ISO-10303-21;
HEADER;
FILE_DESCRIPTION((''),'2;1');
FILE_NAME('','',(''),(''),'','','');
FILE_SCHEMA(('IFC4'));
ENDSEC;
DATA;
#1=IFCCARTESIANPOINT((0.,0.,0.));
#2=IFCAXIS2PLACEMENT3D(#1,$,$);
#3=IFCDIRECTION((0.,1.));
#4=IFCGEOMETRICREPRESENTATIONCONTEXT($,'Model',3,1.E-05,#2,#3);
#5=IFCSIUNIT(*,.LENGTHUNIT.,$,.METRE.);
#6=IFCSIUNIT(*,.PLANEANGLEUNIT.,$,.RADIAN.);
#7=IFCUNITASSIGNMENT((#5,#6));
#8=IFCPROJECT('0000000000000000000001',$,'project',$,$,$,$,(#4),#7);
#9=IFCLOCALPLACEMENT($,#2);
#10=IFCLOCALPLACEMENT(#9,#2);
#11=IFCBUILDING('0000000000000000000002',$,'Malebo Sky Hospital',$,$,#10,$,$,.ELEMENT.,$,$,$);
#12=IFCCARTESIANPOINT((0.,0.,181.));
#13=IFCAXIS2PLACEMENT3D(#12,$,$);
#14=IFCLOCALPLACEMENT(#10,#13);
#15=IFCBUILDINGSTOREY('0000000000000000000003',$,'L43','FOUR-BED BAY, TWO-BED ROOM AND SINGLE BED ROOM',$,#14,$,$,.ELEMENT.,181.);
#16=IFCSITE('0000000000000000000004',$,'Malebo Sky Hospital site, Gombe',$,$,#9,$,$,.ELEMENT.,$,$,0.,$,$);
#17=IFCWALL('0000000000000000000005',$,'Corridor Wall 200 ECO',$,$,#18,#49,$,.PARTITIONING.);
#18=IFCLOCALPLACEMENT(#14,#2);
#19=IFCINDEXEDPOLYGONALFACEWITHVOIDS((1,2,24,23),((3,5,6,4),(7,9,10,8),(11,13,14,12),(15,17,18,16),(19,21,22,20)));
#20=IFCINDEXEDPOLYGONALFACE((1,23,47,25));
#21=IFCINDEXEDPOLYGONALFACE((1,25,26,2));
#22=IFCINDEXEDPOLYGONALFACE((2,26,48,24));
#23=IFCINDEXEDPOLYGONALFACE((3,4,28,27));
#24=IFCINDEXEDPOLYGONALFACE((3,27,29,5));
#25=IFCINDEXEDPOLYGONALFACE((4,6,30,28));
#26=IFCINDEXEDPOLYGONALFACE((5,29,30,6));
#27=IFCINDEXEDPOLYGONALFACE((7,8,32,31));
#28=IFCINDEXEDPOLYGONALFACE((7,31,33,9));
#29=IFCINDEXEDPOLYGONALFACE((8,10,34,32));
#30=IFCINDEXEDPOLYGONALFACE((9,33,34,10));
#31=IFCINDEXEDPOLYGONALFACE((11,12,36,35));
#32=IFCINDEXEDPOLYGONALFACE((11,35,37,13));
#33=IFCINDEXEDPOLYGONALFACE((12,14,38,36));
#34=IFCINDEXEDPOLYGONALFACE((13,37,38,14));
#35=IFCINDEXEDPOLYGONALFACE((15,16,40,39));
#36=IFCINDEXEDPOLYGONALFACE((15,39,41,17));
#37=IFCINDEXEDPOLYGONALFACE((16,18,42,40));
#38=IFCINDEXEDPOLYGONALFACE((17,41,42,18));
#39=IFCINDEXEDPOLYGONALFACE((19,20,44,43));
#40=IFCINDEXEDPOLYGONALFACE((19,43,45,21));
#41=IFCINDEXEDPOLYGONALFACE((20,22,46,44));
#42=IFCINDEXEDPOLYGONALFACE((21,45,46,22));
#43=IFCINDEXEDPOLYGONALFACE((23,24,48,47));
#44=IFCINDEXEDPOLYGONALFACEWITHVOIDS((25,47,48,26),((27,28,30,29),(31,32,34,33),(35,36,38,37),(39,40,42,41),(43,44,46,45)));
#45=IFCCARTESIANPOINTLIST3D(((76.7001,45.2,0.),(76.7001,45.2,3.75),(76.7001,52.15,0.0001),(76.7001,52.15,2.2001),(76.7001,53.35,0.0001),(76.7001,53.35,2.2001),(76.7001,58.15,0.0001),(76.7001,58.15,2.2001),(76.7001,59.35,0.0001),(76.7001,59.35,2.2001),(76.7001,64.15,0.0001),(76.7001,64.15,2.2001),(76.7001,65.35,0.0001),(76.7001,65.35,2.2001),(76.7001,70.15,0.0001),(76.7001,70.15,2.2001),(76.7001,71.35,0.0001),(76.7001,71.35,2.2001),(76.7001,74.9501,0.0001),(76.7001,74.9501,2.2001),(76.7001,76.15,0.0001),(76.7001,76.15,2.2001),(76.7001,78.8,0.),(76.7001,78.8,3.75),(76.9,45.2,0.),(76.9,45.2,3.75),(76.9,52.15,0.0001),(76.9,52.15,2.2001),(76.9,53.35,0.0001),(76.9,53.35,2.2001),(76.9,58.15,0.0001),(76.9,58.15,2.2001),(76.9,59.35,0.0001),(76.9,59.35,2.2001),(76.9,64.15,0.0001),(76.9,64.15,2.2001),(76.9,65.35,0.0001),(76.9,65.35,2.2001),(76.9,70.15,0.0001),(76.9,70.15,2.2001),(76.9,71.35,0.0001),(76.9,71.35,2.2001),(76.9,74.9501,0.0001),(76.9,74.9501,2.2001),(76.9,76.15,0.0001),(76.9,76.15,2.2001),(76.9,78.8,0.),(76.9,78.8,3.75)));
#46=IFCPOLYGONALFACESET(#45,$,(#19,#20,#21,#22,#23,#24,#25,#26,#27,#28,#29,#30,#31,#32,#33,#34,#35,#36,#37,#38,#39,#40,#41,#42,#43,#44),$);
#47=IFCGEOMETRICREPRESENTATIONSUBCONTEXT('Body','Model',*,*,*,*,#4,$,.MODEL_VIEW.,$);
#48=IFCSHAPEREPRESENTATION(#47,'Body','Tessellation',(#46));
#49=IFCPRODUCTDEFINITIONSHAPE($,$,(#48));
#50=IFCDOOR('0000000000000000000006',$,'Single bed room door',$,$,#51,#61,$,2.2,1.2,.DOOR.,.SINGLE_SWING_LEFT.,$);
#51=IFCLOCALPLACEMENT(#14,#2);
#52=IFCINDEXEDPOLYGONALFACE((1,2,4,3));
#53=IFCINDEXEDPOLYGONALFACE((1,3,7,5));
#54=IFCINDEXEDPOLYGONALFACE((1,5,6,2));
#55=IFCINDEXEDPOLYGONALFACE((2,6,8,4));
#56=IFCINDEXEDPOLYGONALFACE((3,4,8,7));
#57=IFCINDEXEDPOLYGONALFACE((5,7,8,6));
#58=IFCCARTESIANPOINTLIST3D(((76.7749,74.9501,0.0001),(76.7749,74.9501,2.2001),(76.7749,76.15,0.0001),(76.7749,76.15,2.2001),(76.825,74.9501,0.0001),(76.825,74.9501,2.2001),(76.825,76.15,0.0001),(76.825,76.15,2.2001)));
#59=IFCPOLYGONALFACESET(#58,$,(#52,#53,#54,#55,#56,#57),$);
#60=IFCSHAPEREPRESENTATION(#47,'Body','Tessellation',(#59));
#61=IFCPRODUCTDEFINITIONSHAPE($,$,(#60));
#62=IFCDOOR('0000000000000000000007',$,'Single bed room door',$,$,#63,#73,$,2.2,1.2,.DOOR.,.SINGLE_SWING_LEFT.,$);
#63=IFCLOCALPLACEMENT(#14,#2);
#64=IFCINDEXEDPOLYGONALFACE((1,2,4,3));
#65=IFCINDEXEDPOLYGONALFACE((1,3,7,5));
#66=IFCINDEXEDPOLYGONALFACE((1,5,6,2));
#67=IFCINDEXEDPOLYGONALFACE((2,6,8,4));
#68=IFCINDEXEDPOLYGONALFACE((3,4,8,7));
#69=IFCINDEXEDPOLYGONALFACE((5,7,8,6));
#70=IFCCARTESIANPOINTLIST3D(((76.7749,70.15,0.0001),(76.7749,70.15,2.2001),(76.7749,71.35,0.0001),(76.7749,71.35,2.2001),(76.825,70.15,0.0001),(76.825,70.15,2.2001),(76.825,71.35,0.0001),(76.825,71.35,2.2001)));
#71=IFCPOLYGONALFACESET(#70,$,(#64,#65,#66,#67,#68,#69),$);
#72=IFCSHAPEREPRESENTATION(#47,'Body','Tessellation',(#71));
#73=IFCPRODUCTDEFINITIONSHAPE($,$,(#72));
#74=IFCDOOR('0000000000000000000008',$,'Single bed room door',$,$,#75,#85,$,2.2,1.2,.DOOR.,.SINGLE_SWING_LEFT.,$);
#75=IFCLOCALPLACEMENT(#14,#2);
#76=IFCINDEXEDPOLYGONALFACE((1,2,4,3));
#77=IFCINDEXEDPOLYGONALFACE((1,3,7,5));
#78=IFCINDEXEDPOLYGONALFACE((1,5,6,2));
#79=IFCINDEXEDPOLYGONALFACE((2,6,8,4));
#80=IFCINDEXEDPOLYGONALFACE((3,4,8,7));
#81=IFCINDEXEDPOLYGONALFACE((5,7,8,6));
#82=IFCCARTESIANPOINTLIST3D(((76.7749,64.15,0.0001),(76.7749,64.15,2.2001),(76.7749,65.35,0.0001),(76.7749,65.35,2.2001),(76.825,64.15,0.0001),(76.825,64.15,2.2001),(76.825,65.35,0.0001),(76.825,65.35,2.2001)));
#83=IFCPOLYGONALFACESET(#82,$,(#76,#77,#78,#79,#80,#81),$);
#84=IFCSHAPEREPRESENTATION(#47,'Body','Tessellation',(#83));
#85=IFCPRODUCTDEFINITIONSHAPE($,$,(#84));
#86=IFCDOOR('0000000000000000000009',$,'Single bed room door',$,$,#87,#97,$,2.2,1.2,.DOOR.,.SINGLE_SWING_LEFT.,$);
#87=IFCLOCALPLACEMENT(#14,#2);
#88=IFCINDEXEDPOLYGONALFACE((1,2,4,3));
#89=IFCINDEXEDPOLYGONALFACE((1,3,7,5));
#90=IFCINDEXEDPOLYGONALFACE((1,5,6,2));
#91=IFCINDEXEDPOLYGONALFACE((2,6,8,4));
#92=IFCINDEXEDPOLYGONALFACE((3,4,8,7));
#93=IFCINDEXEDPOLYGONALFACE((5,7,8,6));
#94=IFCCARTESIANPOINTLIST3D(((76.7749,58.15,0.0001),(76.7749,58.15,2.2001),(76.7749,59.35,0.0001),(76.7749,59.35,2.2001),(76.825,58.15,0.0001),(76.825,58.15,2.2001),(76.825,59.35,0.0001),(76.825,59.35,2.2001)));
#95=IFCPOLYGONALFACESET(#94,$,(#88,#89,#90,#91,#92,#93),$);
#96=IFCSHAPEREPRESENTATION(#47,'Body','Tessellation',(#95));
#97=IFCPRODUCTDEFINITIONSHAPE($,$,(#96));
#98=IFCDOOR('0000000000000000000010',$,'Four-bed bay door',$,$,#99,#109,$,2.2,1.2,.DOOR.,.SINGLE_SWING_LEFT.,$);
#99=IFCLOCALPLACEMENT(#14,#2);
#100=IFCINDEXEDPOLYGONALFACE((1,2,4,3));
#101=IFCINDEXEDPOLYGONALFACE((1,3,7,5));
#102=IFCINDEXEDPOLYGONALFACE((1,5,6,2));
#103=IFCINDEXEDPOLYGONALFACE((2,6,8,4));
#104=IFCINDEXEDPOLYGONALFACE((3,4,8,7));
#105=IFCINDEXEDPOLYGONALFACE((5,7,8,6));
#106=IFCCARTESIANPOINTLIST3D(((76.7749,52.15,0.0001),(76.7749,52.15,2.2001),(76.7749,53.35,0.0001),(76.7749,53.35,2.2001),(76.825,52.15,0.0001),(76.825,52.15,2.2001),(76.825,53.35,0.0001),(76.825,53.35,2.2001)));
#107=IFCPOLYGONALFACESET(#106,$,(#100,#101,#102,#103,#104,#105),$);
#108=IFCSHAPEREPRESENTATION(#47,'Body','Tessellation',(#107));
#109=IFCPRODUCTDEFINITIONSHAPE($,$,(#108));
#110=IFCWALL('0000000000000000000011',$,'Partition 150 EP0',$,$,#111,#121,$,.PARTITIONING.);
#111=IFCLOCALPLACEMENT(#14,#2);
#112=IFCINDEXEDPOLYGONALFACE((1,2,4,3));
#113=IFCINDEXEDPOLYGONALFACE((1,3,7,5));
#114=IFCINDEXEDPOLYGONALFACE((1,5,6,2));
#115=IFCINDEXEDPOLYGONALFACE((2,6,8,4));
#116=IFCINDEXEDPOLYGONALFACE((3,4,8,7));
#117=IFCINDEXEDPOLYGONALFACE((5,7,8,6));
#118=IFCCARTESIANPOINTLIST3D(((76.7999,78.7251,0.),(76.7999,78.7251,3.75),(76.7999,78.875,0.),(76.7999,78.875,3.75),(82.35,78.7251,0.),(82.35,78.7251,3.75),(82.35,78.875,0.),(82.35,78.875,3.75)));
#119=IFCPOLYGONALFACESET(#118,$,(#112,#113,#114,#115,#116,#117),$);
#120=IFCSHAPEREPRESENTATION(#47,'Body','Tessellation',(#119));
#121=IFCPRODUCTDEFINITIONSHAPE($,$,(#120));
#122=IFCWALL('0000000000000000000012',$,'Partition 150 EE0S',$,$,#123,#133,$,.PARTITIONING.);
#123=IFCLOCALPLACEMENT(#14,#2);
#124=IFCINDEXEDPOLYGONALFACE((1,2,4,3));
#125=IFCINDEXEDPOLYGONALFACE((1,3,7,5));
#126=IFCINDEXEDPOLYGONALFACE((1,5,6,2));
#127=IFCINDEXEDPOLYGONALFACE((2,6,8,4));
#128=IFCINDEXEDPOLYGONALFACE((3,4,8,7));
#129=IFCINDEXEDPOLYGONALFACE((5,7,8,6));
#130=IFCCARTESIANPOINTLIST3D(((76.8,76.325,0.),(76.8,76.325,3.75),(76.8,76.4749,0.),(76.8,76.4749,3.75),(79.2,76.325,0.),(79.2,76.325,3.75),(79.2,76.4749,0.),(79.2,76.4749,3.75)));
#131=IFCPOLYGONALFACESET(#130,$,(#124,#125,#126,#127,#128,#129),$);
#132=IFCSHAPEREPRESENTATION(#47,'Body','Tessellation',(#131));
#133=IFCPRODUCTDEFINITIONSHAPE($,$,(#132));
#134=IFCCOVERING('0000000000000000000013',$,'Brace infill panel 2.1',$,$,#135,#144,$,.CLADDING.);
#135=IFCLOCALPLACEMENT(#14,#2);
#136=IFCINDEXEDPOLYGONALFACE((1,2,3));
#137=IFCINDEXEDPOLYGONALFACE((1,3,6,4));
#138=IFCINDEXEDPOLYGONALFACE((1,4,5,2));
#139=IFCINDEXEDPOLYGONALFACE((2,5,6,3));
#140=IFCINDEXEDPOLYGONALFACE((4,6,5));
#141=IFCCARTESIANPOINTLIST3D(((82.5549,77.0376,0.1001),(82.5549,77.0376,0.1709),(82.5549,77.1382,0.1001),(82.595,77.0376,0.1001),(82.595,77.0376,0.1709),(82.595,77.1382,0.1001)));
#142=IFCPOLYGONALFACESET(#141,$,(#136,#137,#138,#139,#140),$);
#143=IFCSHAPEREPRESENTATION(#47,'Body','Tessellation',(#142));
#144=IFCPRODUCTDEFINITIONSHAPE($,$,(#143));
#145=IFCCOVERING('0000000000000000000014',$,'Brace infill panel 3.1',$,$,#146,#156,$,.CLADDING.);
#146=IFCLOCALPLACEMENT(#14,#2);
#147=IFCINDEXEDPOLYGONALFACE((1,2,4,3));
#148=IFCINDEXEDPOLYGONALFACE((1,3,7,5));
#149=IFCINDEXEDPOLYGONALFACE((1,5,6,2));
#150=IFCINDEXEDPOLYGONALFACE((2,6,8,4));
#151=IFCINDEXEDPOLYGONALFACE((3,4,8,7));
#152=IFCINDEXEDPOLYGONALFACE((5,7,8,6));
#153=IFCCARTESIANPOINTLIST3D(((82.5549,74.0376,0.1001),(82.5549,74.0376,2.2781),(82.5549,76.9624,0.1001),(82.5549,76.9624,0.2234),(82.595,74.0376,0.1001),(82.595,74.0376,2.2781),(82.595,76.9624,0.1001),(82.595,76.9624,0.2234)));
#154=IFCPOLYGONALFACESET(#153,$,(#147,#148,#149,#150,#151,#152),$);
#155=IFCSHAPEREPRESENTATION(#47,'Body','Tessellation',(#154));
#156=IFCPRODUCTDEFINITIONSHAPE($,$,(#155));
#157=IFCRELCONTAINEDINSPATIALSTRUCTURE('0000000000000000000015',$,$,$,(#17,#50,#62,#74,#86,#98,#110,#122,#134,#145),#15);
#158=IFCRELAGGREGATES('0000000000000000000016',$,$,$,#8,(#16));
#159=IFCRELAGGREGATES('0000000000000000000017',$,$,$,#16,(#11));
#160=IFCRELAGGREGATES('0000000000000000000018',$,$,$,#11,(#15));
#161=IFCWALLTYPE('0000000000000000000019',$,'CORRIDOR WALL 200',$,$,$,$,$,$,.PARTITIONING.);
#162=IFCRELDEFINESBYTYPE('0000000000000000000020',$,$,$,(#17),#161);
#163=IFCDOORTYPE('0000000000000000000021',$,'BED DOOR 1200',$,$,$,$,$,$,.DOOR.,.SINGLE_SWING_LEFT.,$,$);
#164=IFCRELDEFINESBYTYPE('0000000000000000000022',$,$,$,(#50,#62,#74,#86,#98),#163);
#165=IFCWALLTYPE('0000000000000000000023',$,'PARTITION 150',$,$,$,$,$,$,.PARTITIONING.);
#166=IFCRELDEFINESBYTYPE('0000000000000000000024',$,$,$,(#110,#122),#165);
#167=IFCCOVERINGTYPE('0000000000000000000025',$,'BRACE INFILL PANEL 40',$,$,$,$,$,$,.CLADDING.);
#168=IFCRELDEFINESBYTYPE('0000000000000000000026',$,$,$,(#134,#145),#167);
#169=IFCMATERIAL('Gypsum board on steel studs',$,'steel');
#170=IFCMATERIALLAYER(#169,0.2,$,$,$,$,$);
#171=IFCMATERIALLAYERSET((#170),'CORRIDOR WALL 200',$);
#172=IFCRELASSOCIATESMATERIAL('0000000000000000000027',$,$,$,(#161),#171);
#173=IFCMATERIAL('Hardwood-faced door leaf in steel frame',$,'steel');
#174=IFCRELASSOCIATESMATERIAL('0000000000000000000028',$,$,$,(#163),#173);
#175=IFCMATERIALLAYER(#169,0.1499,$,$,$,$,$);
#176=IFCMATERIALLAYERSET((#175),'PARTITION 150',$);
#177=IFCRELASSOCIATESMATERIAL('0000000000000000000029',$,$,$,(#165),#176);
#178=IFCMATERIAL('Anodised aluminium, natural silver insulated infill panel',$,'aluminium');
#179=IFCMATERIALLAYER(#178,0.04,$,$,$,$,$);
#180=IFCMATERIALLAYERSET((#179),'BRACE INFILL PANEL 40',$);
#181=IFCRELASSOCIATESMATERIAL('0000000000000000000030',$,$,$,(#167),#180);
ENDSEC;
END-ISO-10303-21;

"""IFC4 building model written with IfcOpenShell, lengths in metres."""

from ifc_helpers import new_model, si_unit, direction, frame, frame_2d, origin, place, context, subcontext, project, spatial, polyline, rectangle, outline, extrude, material, layer, layer_set, type_object, element, fill, save


model = new_model("IFC4")

# Units and contexts
model_context = context("Model", 3, precision=1e-05, world=origin(), true_north=direction((0.0, 1.0)))
body_context = subcontext(model_context, "Body", "Model", "MODEL_VIEW")
ifc_project = project(units=[si_unit("LENGTHUNIT", "METRE"), si_unit("PLANEANGLEUNIT", "RADIAN")], contexts=[model_context])

# Site, building, storey
site_placement = place(None, origin())
site = spatial("IfcSite", under=ifc_project, at=site_placement, Name="Malebo Sky Hospital site, Gombe", CompositionType="ELEMENT", RefElevation=0.0)
building_placement = place(site_placement, origin())
building = spatial("IfcBuilding", under=site, at=building_placement, Name="Malebo Sky Hospital", CompositionType="ELEMENT")
storey_placement = place(building_placement, frame((0.0, 0.0, 181.0)))
storey = spatial("IfcBuildingStorey", under=building, at=storey_placement, Name="L43", Description="FOUR-BED BAY, TWO-BED ROOM AND SINGLE BED ROOM", CompositionType="ELEMENT", Elevation=181.0)

# Wall, openings, doors
ifc_material_1 = material(Name="Gypsum board on steel studs", Category="steel")
ifc_layer_1 = layer(ifc_material_1, 0.2)
ifc_layer_set_1 = layer_set([ifc_layer_1], Name="CORRIDOR WALL 200")
wall_type_1 = type_object("IfcWallType", Name="CORRIDOR WALL 200", PredefinedType="PARTITIONING", material=ifc_layer_set_1)
wall_1_placement = place(storey_placement, frame((76.8, 78.8, 0.0), z_axis=(0.0, 0.0, 1.0), x_axis=(0.0, -1.0, 0.0)))
wall_1 = element("IfcWall", 1, at=wall_1_placement, inside=storey, type_object=wall_type_1, Name="Corridor Wall 200 ECO", PredefinedType="PARTITIONING", context=body_context, shape_type="SweptSolid", body=[
    extrude(rectangle(XDim=33.6001, YDim=0.2, at=frame_2d((16.8, 0.0))), origin(), (0.0, 0.0, 1.0), 3.75),
])
opening_1_placement = place(wall_1_placement, frame((2.6499, 0.0, 0.0)))
opening_1 = element("IfcOpeningElement", 2, at=opening_1_placement, cuts=wall_1, PredefinedType="OPENING", context=body_context, shape_type="SweptSolid", body=[
    extrude(rectangle(XDim=1.2, YDim=2.2, at=frame_2d((0.6001, 1.1001))), frame((0.0, 0.1099, 0.0), z_axis=(0.0, -1.0, 0.0), x_axis=(1.0, 0.0, 0.0)), (0.0, 0.0, 1.0), 0.22),
])
opening_2_placement = place(wall_1_placement, frame((7.45, 0.0, 0.0)))
opening_2 = element("IfcOpeningElement", 3, at=opening_2_placement, cuts=wall_1, PredefinedType="OPENING", context=body_context, shape_type="SweptSolid", body=[
    extrude(rectangle(XDim=1.2, YDim=2.2, at=frame_2d((0.6001, 1.1001))), frame((0.0, 0.1099, 0.0), z_axis=(0.0, -1.0, 0.0), x_axis=(1.0, 0.0, 0.0)), (0.0, 0.0, 1.0), 0.22),
])
opening_3_placement = place(wall_1_placement, frame((13.45, 0.0, 0.0)))
opening_3 = element("IfcOpeningElement", 4, at=opening_3_placement, cuts=wall_1, PredefinedType="OPENING", context=body_context, shape_type="SweptSolid", body=[
    extrude(rectangle(XDim=1.2, YDim=2.2, at=frame_2d((0.6001, 1.1001))), frame((0.0, 0.1099, 0.0), z_axis=(0.0, -1.0, 0.0), x_axis=(1.0, 0.0, 0.0)), (0.0, 0.0, 1.0), 0.22),
])
opening_4_placement = place(wall_1_placement, frame((19.45, 0.0, 0.0)))
opening_4 = element("IfcOpeningElement", 5, at=opening_4_placement, cuts=wall_1, PredefinedType="OPENING", context=body_context, shape_type="SweptSolid", body=[
    extrude(rectangle(XDim=1.2, YDim=2.2, at=frame_2d((0.6001, 1.1001))), frame((0.0, 0.1099, 0.0), z_axis=(0.0, -1.0, 0.0), x_axis=(1.0, 0.0, 0.0)), (0.0, 0.0, 1.0), 0.22),
])
opening_5_placement = place(wall_1_placement, frame((25.45, 0.0, 0.0)))
opening_5 = element("IfcOpeningElement", 6, at=opening_5_placement, cuts=wall_1, PredefinedType="OPENING", context=body_context, shape_type="SweptSolid", body=[
    extrude(rectangle(XDim=1.2, YDim=2.2, at=frame_2d((0.6001, 1.1001))), frame((0.0, 0.1099, 0.0), z_axis=(0.0, -1.0, 0.0), x_axis=(1.0, 0.0, 0.0)), (0.0, 0.0, 1.0), 0.22),
])
ifc_material_2 = material(Name="Hardwood-faced door leaf in steel frame", Category="steel")
door_type = type_object("IfcDoorType", Name="BED DOOR 1200", OperationType="SINGLE_SWING_LEFT", PredefinedType="DOOR", material=ifc_material_2)
door_1_placement = place(opening_1_placement, origin())
door_1 = element("IfcDoor", 7, at=door_1_placement, inside=storey, type_object=door_type, Name="Single bed room door", OperationType="SINGLE_SWING_LEFT", OverallHeight=2.2, OverallWidth=1.2, PredefinedType="DOOR", context=body_context, shape_type="SweptSolid", body=[
    extrude(rectangle(XDim=1.2, YDim=2.2, at=frame_2d((0.6001, 1.1001))), frame((0.0, 0.0249, 0.0), z_axis=(0.0, -1.0, 0.0), x_axis=(1.0, 0.0, 0.0)), (0.0, 0.0, 1.0), 0.05),
])
fill(opening_1, door_1)
door_2_placement = place(opening_2_placement, origin())
door_2 = element("IfcDoor", 8, at=door_2_placement, inside=storey, type_object=door_type, Name="Single bed room door", OperationType="SINGLE_SWING_LEFT", OverallHeight=2.2, OverallWidth=1.2, PredefinedType="DOOR", context=body_context, shape_type="SweptSolid", body=[
    extrude(rectangle(XDim=1.2, YDim=2.2, at=frame_2d((0.6001, 1.1001))), frame((0.0, 0.0249, 0.0), z_axis=(0.0, -1.0, 0.0), x_axis=(1.0, 0.0, 0.0)), (0.0, 0.0, 1.0), 0.05),
])
fill(opening_2, door_2)
door_3_placement = place(opening_3_placement, origin())
door_3 = element("IfcDoor", 9, at=door_3_placement, inside=storey, type_object=door_type, Name="Single bed room door", OperationType="SINGLE_SWING_LEFT", OverallHeight=2.2, OverallWidth=1.2, PredefinedType="DOOR", context=body_context, shape_type="SweptSolid", body=[
    extrude(rectangle(XDim=1.2, YDim=2.2, at=frame_2d((0.6001, 1.1001))), frame((0.0, 0.0249, 0.0), z_axis=(0.0, -1.0, 0.0), x_axis=(1.0, 0.0, 0.0)), (0.0, 0.0, 1.0), 0.05),
])
fill(opening_3, door_3)
door_4_placement = place(opening_4_placement, origin())
door_4 = element("IfcDoor", 10, at=door_4_placement, inside=storey, type_object=door_type, Name="Single bed room door", OperationType="SINGLE_SWING_LEFT", OverallHeight=2.2, OverallWidth=1.2, PredefinedType="DOOR", context=body_context, shape_type="SweptSolid", body=[
    extrude(rectangle(XDim=1.2, YDim=2.2, at=frame_2d((0.6001, 1.1001))), frame((0.0, 0.0249, 0.0), z_axis=(0.0, -1.0, 0.0), x_axis=(1.0, 0.0, 0.0)), (0.0, 0.0, 1.0), 0.05),
])
fill(opening_4, door_4)
door_5_placement = place(opening_5_placement, origin())
door_5 = element("IfcDoor", 11, at=door_5_placement, inside=storey, type_object=door_type, Name="Four-bed bay door", OperationType="SINGLE_SWING_LEFT", OverallHeight=2.2, OverallWidth=1.2, PredefinedType="DOOR", context=body_context, shape_type="SweptSolid", body=[
    extrude(rectangle(XDim=1.2, YDim=2.2, at=frame_2d((0.6001, 1.1001))), frame((0.0, 0.0249, 0.0), z_axis=(0.0, -1.0, 0.0), x_axis=(1.0, 0.0, 0.0)), (0.0, 0.0, 1.0), 0.05),
])
fill(opening_5, door_5)

# Walls
ifc_layer_2 = layer(ifc_material_1, 0.1499)
ifc_layer_set_2 = layer_set([ifc_layer_2], Name="PARTITION 150")
wall_type_2 = type_object("IfcWallType", Name="PARTITION 150", PredefinedType="PARTITIONING", material=ifc_layer_set_2)
wall_2_placement = place(storey_placement, frame((76.8, 78.8, 0.0), z_axis=(0.0, 0.0, 1.0), x_axis=(1.0, 0.0, 0.0)))
element("IfcWall", 12, at=wall_2_placement, inside=storey, type_object=wall_type_2, Name="Partition 150 EP0", PredefinedType="PARTITIONING", context=body_context, shape_type="SweptSolid", body=[
    extrude(rectangle(XDim=5.55, YDim=0.1499, at=frame_2d((2.7749, 0.0))), origin(), (0.0, 0.0, 1.0), 3.75),
])
wall_3_placement = place(storey_placement, frame((76.8, 76.3999, 0.0), z_axis=(0.0, 0.0, 1.0), x_axis=(1.0, 0.0, 0.0)))
element("IfcWall", 13, at=wall_3_placement, inside=storey, type_object=wall_type_2, Name="Partition 150 EE0S", PredefinedType="PARTITIONING", context=body_context, shape_type="SweptSolid", body=[
    extrude(rectangle(XDim=2.3999, YDim=0.1499, at=frame_2d((1.2, 0.0))), origin(), (0.0, 0.0, 1.0), 3.75),
])

# Coverings
ifc_material_3 = material(Name="Anodised aluminium, natural silver insulated infill panel", Category="aluminium")
ifc_layer_3 = layer(ifc_material_3, 0.04)
ifc_layer_set_3 = layer_set([ifc_layer_3], Name="BRACE INFILL PANEL 40")
covering_type = type_object("IfcCoveringType", Name="BRACE INFILL PANEL 40", PredefinedType="CLADDING", material=ifc_layer_set_3)
covering_1_placement = place(storey_placement, frame((82.575, 77.0879, 0.1001), z_axis=(0.0, 0.0, 1.0), x_axis=(0.0, -1.0, 0.0)))
element("IfcCovering", 14, at=covering_1_placement, inside=storey, type_object=covering_type, Name="Brace infill panel 2.1", PredefinedType="CLADDING", context=body_context, shape_type="SweptSolid", body=[
    extrude(outline(polyline([(-0.0503, 0.0), (0.0503, 0.0), (0.0503, 0.0708), (-0.0503, 0.0)])), frame((0.0, 0.02, 0.0), z_axis=(0.0, -1.0, 0.0), x_axis=(1.0, 0.0, 0.0)), (0.0, 0.0, 1.0), 0.04),
])
covering_2_placement = place(storey_placement, frame((82.575, 75.5, 0.1001), z_axis=(0.0, 0.0, 1.0), x_axis=(0.0, -1.0, 0.0)))
element("IfcCovering", 15, at=covering_2_placement, inside=storey, type_object=covering_type, Name="Brace infill panel 3.1", PredefinedType="CLADDING", context=body_context, shape_type="SweptSolid", body=[
    extrude(outline(polyline([(-1.4624, 0.0), (1.4624, 0.0), (1.4624, 2.178), (-1.4624, 0.1233), (-1.4624, 0.0)])), frame((0.0, 0.02, 0.0), z_axis=(0.0, -1.0, 0.0), x_axis=(1.0, 0.0, 0.0)), (0.0, 0.0, 1.0), 0.04),
])

save(model, "model.ifc")
